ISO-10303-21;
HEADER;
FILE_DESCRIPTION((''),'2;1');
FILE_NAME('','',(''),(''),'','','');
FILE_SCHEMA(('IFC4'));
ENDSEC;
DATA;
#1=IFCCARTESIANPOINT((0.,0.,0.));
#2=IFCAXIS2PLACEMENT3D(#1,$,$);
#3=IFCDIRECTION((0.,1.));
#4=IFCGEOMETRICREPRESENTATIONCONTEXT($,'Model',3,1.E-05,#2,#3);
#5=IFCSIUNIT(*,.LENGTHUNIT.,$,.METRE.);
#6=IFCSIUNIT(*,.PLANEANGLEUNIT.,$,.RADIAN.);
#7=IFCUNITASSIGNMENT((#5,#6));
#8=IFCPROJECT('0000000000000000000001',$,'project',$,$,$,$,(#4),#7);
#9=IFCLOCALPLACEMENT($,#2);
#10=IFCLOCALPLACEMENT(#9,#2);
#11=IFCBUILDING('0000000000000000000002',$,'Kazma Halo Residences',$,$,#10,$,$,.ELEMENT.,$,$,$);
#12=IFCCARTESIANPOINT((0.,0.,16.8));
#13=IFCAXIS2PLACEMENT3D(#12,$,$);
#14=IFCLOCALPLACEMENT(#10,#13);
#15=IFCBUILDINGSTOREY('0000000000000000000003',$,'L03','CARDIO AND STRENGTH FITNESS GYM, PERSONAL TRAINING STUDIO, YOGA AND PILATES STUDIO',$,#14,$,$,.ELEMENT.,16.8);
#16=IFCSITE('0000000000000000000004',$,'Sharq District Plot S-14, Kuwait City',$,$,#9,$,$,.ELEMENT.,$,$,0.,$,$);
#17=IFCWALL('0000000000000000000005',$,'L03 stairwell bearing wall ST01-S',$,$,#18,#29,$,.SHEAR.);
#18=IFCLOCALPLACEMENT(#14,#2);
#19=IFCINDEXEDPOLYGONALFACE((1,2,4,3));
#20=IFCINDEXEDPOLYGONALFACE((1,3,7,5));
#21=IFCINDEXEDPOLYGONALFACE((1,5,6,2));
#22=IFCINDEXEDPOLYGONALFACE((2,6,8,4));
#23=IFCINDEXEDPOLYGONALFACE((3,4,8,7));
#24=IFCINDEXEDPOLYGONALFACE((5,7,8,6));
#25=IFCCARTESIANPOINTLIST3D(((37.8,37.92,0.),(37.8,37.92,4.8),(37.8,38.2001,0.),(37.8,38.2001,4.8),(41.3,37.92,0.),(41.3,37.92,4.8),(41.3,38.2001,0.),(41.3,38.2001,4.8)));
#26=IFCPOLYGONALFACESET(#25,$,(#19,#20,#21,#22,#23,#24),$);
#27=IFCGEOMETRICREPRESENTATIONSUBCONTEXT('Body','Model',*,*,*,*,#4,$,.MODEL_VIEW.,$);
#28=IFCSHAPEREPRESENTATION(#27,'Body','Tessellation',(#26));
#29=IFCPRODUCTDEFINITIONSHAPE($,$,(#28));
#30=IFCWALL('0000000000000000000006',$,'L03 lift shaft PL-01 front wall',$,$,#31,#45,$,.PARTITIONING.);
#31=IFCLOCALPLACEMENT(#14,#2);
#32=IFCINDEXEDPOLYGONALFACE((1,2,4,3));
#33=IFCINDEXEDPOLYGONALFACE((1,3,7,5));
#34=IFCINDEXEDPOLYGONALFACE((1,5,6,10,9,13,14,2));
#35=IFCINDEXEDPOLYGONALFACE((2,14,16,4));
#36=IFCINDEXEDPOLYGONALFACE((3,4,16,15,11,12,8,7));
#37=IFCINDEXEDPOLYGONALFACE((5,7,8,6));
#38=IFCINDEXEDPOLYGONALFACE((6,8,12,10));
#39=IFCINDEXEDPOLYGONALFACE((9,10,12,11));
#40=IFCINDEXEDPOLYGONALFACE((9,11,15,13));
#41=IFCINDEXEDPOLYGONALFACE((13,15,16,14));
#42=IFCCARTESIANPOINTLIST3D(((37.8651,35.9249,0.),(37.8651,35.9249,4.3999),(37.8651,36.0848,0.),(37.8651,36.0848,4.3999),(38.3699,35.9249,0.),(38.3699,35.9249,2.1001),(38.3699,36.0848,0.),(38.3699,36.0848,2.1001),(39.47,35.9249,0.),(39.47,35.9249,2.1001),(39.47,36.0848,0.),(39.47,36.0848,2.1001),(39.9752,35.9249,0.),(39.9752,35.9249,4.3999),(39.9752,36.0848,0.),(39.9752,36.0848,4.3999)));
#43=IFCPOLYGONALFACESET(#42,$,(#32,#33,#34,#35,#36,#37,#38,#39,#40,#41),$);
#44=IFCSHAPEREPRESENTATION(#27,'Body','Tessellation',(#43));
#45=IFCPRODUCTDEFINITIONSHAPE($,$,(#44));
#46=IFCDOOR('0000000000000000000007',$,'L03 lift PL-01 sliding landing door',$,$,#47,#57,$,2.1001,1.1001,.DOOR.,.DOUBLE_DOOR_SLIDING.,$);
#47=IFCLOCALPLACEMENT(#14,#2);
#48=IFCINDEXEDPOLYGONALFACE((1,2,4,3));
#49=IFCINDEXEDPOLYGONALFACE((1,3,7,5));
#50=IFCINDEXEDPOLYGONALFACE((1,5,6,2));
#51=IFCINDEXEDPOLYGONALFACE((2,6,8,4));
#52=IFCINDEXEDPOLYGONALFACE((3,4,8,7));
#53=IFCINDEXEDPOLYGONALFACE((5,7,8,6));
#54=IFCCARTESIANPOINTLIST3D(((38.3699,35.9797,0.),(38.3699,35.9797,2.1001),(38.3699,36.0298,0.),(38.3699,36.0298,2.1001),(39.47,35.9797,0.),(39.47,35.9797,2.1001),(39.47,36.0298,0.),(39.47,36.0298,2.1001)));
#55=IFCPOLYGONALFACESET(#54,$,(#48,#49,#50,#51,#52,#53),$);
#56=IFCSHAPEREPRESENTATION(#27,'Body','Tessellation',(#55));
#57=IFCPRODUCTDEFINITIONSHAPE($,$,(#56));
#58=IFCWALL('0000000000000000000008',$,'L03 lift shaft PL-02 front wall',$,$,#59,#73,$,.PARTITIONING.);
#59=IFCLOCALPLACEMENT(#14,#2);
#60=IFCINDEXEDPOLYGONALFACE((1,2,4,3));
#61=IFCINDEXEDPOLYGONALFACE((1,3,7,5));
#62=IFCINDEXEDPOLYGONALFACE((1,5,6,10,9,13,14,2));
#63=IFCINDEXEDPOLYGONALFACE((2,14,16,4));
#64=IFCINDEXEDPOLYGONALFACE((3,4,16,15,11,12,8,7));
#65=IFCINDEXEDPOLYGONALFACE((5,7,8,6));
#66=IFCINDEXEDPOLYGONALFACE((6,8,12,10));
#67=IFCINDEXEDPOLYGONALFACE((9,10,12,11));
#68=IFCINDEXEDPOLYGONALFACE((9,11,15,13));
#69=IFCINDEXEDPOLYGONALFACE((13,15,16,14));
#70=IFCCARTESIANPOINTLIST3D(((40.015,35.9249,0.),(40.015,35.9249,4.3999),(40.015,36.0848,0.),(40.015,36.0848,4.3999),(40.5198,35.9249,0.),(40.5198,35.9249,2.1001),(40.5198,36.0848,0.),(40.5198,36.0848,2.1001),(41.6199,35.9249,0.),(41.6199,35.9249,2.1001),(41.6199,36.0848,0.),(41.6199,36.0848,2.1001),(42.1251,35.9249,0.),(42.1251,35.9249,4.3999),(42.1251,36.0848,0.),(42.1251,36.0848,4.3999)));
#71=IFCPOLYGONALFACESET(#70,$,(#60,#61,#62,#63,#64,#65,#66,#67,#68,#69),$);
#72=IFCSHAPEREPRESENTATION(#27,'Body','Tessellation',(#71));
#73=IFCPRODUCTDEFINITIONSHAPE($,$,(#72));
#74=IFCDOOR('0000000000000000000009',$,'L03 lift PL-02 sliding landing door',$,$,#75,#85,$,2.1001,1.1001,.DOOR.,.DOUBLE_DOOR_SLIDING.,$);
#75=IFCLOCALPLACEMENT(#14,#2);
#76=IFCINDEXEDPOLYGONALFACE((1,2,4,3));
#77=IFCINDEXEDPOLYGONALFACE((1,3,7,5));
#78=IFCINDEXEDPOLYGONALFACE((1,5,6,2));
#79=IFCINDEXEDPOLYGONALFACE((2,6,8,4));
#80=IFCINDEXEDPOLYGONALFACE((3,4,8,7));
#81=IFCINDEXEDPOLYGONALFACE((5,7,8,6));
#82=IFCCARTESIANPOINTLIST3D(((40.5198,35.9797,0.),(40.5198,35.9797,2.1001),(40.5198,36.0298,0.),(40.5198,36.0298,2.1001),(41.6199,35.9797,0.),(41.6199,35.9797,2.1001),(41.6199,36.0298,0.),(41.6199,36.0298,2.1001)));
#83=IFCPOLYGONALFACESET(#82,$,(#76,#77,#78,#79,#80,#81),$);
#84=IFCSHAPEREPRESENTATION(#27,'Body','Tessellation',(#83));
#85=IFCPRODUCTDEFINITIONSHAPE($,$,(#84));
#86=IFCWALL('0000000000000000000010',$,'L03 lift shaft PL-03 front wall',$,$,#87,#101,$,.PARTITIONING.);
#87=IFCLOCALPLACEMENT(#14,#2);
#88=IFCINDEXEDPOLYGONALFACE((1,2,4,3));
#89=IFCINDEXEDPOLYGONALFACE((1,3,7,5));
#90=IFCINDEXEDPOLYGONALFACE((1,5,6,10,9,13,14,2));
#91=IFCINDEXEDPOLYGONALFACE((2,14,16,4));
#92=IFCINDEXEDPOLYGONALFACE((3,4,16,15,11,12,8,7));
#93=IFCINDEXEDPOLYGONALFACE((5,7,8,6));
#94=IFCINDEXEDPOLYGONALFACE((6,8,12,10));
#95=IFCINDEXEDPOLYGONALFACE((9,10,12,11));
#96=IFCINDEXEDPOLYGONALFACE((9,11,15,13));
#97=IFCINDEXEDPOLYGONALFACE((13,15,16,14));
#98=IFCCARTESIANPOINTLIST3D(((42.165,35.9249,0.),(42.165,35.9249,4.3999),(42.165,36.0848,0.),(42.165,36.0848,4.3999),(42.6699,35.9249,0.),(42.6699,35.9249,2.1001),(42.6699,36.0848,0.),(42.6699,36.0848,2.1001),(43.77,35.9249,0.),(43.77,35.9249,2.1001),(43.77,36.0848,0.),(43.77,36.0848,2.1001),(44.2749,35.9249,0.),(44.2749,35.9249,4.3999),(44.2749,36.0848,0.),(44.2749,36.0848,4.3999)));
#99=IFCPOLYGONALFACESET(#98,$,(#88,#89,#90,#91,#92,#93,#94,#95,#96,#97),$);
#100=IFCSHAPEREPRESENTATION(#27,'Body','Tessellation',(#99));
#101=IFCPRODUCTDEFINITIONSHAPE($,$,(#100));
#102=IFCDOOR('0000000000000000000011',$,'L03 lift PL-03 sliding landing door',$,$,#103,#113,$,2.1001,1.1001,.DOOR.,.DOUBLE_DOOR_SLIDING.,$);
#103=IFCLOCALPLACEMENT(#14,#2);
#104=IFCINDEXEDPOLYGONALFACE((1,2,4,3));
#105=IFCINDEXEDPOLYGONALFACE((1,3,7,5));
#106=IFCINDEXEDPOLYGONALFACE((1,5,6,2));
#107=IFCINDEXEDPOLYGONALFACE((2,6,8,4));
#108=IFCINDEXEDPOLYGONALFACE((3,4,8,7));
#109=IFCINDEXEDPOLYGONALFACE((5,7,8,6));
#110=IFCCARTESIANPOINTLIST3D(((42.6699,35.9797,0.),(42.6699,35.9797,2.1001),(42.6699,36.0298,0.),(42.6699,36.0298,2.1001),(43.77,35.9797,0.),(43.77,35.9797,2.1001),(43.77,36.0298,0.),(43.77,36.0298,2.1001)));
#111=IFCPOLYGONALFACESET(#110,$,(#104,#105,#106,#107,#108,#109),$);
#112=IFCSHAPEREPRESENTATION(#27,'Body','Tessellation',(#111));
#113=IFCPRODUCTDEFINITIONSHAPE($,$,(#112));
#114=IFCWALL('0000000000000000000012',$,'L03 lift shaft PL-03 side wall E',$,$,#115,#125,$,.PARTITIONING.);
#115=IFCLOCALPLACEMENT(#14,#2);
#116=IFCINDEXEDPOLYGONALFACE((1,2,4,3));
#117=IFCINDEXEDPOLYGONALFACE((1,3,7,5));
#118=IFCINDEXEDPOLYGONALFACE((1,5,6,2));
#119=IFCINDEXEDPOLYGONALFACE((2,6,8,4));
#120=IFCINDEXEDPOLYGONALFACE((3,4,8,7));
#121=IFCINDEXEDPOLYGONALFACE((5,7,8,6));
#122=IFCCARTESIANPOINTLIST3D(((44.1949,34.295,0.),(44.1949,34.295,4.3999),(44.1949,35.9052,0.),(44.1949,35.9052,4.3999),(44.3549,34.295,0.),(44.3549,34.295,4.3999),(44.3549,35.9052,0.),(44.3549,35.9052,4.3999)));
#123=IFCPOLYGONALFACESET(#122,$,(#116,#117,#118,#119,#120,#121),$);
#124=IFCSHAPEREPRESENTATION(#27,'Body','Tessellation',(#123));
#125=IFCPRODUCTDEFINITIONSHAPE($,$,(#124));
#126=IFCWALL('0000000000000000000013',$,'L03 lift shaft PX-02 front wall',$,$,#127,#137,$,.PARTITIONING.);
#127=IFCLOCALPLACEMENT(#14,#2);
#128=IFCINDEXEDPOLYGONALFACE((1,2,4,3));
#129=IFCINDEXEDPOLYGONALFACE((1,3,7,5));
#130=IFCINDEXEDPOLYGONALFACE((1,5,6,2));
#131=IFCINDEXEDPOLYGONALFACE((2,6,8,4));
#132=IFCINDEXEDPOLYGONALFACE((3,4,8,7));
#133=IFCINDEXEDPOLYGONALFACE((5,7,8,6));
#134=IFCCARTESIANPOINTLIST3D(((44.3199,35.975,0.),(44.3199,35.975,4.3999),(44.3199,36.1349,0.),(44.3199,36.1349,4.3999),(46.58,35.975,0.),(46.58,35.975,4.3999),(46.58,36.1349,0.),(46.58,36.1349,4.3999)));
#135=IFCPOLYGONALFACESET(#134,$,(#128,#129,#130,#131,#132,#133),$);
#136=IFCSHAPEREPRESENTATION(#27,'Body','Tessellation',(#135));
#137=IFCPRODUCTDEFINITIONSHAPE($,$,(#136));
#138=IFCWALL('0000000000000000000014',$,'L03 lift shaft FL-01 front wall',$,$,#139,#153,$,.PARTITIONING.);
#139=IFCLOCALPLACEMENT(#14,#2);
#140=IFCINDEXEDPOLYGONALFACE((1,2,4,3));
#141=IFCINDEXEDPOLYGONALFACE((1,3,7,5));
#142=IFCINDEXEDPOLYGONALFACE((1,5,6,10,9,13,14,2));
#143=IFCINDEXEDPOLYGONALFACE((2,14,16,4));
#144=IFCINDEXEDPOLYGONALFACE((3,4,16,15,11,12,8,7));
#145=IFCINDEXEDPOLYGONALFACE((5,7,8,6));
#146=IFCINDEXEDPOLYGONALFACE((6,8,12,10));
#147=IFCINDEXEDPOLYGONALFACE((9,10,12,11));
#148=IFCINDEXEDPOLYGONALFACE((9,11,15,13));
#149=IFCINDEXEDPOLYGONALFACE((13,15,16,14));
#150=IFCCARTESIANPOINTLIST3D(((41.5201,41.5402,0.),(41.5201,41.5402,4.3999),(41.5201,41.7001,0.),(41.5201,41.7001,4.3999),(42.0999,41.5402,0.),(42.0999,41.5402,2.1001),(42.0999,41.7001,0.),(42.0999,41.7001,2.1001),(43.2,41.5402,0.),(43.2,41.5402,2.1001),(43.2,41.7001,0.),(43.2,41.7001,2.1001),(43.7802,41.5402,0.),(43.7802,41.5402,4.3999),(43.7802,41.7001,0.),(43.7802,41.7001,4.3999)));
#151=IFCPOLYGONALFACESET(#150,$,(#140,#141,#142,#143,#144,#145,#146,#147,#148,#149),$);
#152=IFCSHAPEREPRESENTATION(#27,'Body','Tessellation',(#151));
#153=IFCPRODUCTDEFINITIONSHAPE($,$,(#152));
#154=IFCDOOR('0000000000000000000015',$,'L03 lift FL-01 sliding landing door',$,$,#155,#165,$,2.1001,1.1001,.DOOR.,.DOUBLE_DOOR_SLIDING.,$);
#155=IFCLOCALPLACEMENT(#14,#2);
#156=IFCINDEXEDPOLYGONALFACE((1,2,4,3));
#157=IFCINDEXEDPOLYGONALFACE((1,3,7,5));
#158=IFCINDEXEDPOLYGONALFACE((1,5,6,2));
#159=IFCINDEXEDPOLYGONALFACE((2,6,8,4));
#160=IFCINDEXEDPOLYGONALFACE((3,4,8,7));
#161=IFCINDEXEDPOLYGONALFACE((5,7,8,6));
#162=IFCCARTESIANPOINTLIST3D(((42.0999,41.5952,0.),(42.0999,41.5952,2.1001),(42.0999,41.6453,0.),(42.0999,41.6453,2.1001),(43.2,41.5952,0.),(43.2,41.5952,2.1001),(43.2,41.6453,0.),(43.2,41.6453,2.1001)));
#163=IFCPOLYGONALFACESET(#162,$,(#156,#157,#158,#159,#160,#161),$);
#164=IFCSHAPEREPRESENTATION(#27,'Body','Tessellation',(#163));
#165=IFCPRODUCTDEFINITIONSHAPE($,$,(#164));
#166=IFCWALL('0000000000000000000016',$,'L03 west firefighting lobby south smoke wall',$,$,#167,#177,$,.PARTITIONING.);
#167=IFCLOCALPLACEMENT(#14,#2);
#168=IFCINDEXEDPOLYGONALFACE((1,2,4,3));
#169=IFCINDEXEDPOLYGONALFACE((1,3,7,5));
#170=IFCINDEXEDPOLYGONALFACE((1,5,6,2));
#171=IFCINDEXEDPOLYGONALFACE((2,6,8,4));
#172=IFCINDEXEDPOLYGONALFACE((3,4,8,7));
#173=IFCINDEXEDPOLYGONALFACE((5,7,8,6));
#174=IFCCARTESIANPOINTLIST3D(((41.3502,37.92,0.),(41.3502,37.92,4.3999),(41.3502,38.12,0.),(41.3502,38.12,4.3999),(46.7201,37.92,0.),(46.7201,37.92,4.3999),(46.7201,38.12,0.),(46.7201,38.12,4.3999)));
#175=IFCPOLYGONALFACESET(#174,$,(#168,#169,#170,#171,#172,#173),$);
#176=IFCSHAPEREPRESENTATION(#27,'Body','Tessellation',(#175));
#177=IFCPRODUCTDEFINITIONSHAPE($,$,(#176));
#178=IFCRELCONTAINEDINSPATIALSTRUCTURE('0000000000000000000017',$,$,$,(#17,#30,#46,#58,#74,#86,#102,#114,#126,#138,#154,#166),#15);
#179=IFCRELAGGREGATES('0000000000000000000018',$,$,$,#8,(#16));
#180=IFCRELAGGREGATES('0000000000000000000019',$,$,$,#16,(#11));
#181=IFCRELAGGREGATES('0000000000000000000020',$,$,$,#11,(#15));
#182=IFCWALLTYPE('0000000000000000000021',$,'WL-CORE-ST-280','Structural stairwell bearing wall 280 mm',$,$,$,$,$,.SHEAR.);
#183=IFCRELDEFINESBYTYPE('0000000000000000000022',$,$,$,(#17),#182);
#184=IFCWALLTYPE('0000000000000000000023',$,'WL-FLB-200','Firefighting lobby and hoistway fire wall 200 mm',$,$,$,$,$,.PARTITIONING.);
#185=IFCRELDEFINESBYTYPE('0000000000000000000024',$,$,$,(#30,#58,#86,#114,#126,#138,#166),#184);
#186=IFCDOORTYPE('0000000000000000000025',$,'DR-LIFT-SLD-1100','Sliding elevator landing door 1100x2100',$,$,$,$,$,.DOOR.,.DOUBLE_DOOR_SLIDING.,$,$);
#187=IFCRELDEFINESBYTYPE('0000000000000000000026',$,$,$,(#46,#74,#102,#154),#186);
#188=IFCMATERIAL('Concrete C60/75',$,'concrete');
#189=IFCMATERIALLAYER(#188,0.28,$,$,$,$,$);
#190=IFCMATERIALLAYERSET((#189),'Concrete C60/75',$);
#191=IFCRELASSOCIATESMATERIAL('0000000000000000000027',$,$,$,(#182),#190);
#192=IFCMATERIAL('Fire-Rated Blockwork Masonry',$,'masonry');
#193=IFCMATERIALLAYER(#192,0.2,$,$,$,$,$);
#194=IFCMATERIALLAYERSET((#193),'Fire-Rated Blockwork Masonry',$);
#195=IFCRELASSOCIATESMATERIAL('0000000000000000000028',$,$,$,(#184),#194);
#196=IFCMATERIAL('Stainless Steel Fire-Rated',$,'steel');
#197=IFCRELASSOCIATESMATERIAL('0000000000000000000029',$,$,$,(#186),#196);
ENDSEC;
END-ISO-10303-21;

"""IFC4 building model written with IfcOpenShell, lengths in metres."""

from ifc_helpers import new_model, si_unit, direction, frame, frame_2d, origin, place, context, subcontext, project, spatial, rectangle, extrude, material, layer, layer_set, type_object, element, fill, save


model = new_model("IFC4")

# Units and contexts
model_context = context("Model", 3, precision=1e-05, world=origin(), true_north=direction((0.0, 1.0)))
body_context = subcontext(model_context, "Body", "Model", "MODEL_VIEW")
ifc_project = project(units=[si_unit("LENGTHUNIT", "METRE"), si_unit("PLANEANGLEUNIT", "RADIAN")], contexts=[model_context])

# Site, building, storey
site_placement = place(None, origin())
site = spatial("IfcSite", under=ifc_project, at=site_placement, Name="Sharq District Plot S-14, Kuwait City", CompositionType="ELEMENT", RefElevation=0.0)
building_placement = place(site_placement, origin())
building = spatial("IfcBuilding", under=site, at=building_placement, Name="Kazma Halo Residences", CompositionType="ELEMENT")
storey_placement = place(building_placement, frame((0.0, 0.0, 16.8)))
storey = spatial("IfcBuildingStorey", under=building, at=storey_placement, Name="L03", Description="CARDIO AND STRENGTH FITNESS GYM, PERSONAL TRAINING STUDIO, YOGA AND PILATES STUDIO", CompositionType="ELEMENT", Elevation=16.8)

# Wall
ifc_material_1 = material(Name="Concrete C60/75", Category="concrete")
ifc_layer_1 = layer(ifc_material_1, 0.28)
ifc_layer_set_1 = layer_set([ifc_layer_1], Name="Concrete C60/75")
wall_type_1 = type_object("IfcWallType", Name="WL-CORE-ST-280", Description="Structural stairwell bearing wall 280 mm", PredefinedType="SHEAR", material=ifc_layer_set_1)
wall_1_placement = place(storey_placement, frame((37.8, 38.0601, 0.0), z_axis=(0.0, 0.0, 1.0), x_axis=(1.0, 0.0, 0.0)))
element("IfcWall", 1, at=wall_1_placement, inside=storey, type_object=wall_type_1, Name="L03 stairwell bearing wall ST01-S", PredefinedType="SHEAR", context=body_context, shape_type="SweptSolid", body=[
    extrude(rectangle(XDim=3.5, YDim=0.28, at=frame_2d((1.75, 0.0))), origin(), (0.0, 0.0, 1.0), 4.8),
])

# Walls, openings, doors
ifc_material_2 = material(Name="Fire-Rated Blockwork Masonry", Category="masonry")
ifc_layer_2 = layer(ifc_material_2, 0.2)
ifc_layer_set_2 = layer_set([ifc_layer_2], Name="Fire-Rated Blockwork Masonry")
wall_type_2 = type_object("IfcWallType", Name="WL-FLB-200", Description="Firefighting lobby and hoistway fire wall 200 mm", PredefinedType="PARTITIONING", material=ifc_layer_set_2)
wall_2_placement = place(storey_placement, frame((37.865, 36.0049, 0.0), z_axis=(0.0, 0.0, 1.0), x_axis=(1.0, 0.0, 0.0)))
wall_2 = element("IfcWall", 2, at=wall_2_placement, inside=storey, type_object=wall_type_2, Name="L03 lift shaft PL-01 front wall", PredefinedType="PARTITIONING", context=body_context, shape_type="SweptSolid", body=[
    extrude(rectangle(XDim=2.1101, YDim=0.1599, at=frame_2d((1.0552, 0.0))), origin(), (0.0, 0.0, 1.0), 4.3999),
])
opening_1_placement = place(wall_2_placement, frame((0.5049, 0.0, 0.0)))
opening_1 = element("IfcOpeningElement", 3, at=opening_1_placement, cuts=wall_2, PredefinedType="OPENING", context=body_context, shape_type="SweptSolid", body=[
    extrude(rectangle(XDim=1.1001, YDim=2.1001, at=frame_2d((0.55, 1.05))), frame((0.0, 0.0898, 0.0), z_axis=(0.0, -1.0, 0.0), x_axis=(1.0, 0.0, 0.0)), (0.0, 0.0, 1.0), 0.1799),
])
ifc_material_3 = material(Name="Stainless Steel Fire-Rated", Category="steel")
door_type_1 = type_object("IfcDoorType", Name="DR-LIFT-SLD-1100", Description="Sliding elevator landing door 1100x2100", OperationType="DOUBLE_DOOR_SLIDING", PredefinedType="DOOR", material=ifc_material_3)
door_1_placement = place(opening_1_placement, origin())
door_1 = element("IfcDoor", 4, at=door_1_placement, inside=storey, type_object=door_type_1, Name="L03 lift PL-01 sliding landing door", OperationType="DOUBLE_DOOR_SLIDING", OverallHeight=2.1001, OverallWidth=1.1001, PredefinedType="DOOR", context=body_context, shape_type="SweptSolid", body=[
    extrude(rectangle(XDim=1.1001, YDim=2.1001, at=frame_2d((0.55, 1.05))), frame((0.0, 0.0249, 0.0), z_axis=(0.0, -1.0, 0.0), x_axis=(1.0, 0.0, 0.0)), (0.0, 0.0, 1.0), 0.05),
])
fill(opening_1, door_1)
wall_3_placement = place(storey_placement, frame((40.0149, 36.0049, 0.0), z_axis=(0.0, 0.0, 1.0), x_axis=(1.0, 0.0, 0.0)))
wall_3 = element("IfcWall", 5, at=wall_3_placement, inside=storey, type_object=wall_type_2, Name="L03 lift shaft PL-02 front wall", PredefinedType="PARTITIONING", context=body_context, shape_type="SweptSolid", body=[
    extrude(rectangle(XDim=2.1101, YDim=0.1599, at=frame_2d((1.0552, 0.0))), origin(), (0.0, 0.0, 1.0), 4.3999),
])
opening_2_placement = place(wall_3_placement, frame((0.5049, 0.0, 0.0)))
opening_2 = element("IfcOpeningElement", 6, at=opening_2_placement, cuts=wall_3, PredefinedType="OPENING", context=body_context, shape_type="SweptSolid", body=[
    extrude(rectangle(XDim=1.1001, YDim=2.1001, at=frame_2d((0.55, 1.05))), frame((0.0, 0.0898, 0.0), z_axis=(0.0, -1.0, 0.0), x_axis=(1.0, 0.0, 0.0)), (0.0, 0.0, 1.0), 0.1799),
])
door_2_placement = place(opening_2_placement, origin())
door_2 = element("IfcDoor", 7, at=door_2_placement, inside=storey, type_object=door_type_1, Name="L03 lift PL-02 sliding landing door", OperationType="DOUBLE_DOOR_SLIDING", OverallHeight=2.1001, OverallWidth=1.1001, PredefinedType="DOOR", context=body_context, shape_type="SweptSolid", body=[
    extrude(rectangle(XDim=1.1001, YDim=2.1001, at=frame_2d((0.55, 1.05))), frame((0.0, 0.0249, 0.0), z_axis=(0.0, -1.0, 0.0), x_axis=(1.0, 0.0, 0.0)), (0.0, 0.0, 1.0), 0.05),
])
fill(opening_2, door_2)
wall_4_placement = place(storey_placement, frame((42.165, 36.0049, 0.0), z_axis=(0.0, 0.0, 1.0), x_axis=(1.0, 0.0, 0.0)))
wall_4 = element("IfcWall", 8, at=wall_4_placement, inside=storey, type_object=wall_type_2, Name="L03 lift shaft PL-03 front wall", PredefinedType="PARTITIONING", context=body_context, shape_type="SweptSolid", body=[
    extrude(rectangle(XDim=2.1099, YDim=0.1599, at=frame_2d((1.0549, 0.0))), origin(), (0.0, 0.0, 1.0), 4.3999),
])
opening_3_placement = place(wall_4_placement, frame((0.5049, 0.0, 0.0)))
opening_3 = element("IfcOpeningElement", 9, at=opening_3_placement, cuts=wall_4, PredefinedType="OPENING", context=body_context, shape_type="SweptSolid", body=[
    extrude(rectangle(XDim=1.1001, YDim=2.1001, at=frame_2d((0.55, 1.05))), frame((0.0, 0.0898, 0.0), z_axis=(0.0, -1.0, 0.0), x_axis=(1.0, 0.0, 0.0)), (0.0, 0.0, 1.0), 0.1799),
])
door_3_placement = place(opening_3_placement, origin())
door_3 = element("IfcDoor", 10, at=door_3_placement, inside=storey, type_object=door_type_1, Name="L03 lift PL-03 sliding landing door", OperationType="DOUBLE_DOOR_SLIDING", OverallHeight=2.1001, OverallWidth=1.1001, PredefinedType="DOOR", context=body_context, shape_type="SweptSolid", body=[
    extrude(rectangle(XDim=1.1001, YDim=2.1001, at=frame_2d((0.55, 1.05))), frame((0.0, 0.0249, 0.0), z_axis=(0.0, -1.0, 0.0), x_axis=(1.0, 0.0, 0.0)), (0.0, 0.0, 1.0), 0.05),
])
fill(opening_3, door_3)

# Walls
wall_5_placement = place(storey_placement, frame((44.2749, 34.2949, 0.0), z_axis=(0.0, 0.0, 1.0), x_axis=(0.0, 1.0, 0.0)))
element("IfcWall", 11, at=wall_5_placement, inside=storey, type_object=wall_type_2, Name="L03 lift shaft PL-03 side wall E", PredefinedType="PARTITIONING", context=body_context, shape_type="SweptSolid", body=[
    extrude(rectangle(XDim=1.6101, YDim=0.1599, at=frame_2d((0.8052, 0.0))), origin(), (0.0, 0.0, 1.0), 4.3999),
])
wall_6_placement = place(storey_placement, frame((44.3201, 36.0549, 0.0), z_axis=(0.0, 0.0, 1.0), x_axis=(1.0, 0.0, 0.0)))
element("IfcWall", 12, at=wall_6_placement, inside=storey, type_object=wall_type_2, Name="L03 lift shaft PX-02 front wall", PredefinedType="PARTITIONING", context=body_context, shape_type="SweptSolid", body=[
    extrude(rectangle(XDim=2.26, YDim=0.1599, at=frame_2d((1.1299, 0.0))), origin(), (0.0, 0.0, 1.0), 4.3999),
])

# Wall, opening, door
wall_7_placement = place(storey_placement, frame((43.78, 41.6201, 0.0), z_axis=(0.0, 0.0, 1.0), x_axis=(-1.0, 0.0, 0.0)))
wall_7 = element("IfcWall", 13, at=wall_7_placement, inside=storey, type_object=wall_type_2, Name="L03 lift shaft FL-01 front wall", PredefinedType="PARTITIONING", context=body_context, shape_type="SweptSolid", body=[
    extrude(rectangle(XDim=2.26, YDim=0.1599, at=frame_2d((1.1299, 0.0))), origin(), (0.0, 0.0, 1.0), 4.3999),
])
opening_4_placement = place(wall_7_placement, frame((0.5801, 0.0, 0.0)))
opening_4 = element("IfcOpeningElement", 14, at=opening_4_placement, cuts=wall_7, PredefinedType="OPENING", context=body_context, shape_type="SweptSolid", body=[
    extrude(rectangle(XDim=1.1001, YDim=2.1001, at=frame_2d((0.55, 1.05))), frame((0.0, 0.0898, 0.0), z_axis=(0.0, -1.0, 0.0), x_axis=(1.0, 0.0, 0.0)), (0.0, 0.0, 1.0), 0.1799),
])
door_4_placement = place(opening_4_placement, origin())
door_4 = element("IfcDoor", 15, at=door_4_placement, inside=storey, type_object=door_type_1, Name="L03 lift FL-01 sliding landing door", OperationType="DOUBLE_DOOR_SLIDING", OverallHeight=2.1001, OverallWidth=1.1001, PredefinedType="DOOR", context=body_context, shape_type="SweptSolid", body=[
    extrude(rectangle(XDim=1.1001, YDim=2.1001, at=frame_2d((0.55, 1.05))), frame((0.0, 0.0249, 0.0), z_axis=(0.0, -1.0, 0.0), x_axis=(1.0, 0.0, 0.0)), (0.0, 0.0, 1.0), 0.05),
])
fill(opening_4, door_4)

# Wall
wall_8_placement = place(storey_placement, frame((41.3501, 38.02, 0.0), z_axis=(0.0, 0.0, 1.0), x_axis=(1.0, 0.0, 0.0)))
element("IfcWall", 16, at=wall_8_placement, inside=storey, type_object=wall_type_2, Name="L03 west firefighting lobby south smoke wall", PredefinedType="PARTITIONING", context=body_context, shape_type="SweptSolid", body=[
    extrude(rectangle(XDim=5.3699, YDim=0.2, at=frame_2d((2.6851, 0.0))), origin(), (0.0, 0.0, 1.0), 4.3999),
])

save(model, "model.ifc")
